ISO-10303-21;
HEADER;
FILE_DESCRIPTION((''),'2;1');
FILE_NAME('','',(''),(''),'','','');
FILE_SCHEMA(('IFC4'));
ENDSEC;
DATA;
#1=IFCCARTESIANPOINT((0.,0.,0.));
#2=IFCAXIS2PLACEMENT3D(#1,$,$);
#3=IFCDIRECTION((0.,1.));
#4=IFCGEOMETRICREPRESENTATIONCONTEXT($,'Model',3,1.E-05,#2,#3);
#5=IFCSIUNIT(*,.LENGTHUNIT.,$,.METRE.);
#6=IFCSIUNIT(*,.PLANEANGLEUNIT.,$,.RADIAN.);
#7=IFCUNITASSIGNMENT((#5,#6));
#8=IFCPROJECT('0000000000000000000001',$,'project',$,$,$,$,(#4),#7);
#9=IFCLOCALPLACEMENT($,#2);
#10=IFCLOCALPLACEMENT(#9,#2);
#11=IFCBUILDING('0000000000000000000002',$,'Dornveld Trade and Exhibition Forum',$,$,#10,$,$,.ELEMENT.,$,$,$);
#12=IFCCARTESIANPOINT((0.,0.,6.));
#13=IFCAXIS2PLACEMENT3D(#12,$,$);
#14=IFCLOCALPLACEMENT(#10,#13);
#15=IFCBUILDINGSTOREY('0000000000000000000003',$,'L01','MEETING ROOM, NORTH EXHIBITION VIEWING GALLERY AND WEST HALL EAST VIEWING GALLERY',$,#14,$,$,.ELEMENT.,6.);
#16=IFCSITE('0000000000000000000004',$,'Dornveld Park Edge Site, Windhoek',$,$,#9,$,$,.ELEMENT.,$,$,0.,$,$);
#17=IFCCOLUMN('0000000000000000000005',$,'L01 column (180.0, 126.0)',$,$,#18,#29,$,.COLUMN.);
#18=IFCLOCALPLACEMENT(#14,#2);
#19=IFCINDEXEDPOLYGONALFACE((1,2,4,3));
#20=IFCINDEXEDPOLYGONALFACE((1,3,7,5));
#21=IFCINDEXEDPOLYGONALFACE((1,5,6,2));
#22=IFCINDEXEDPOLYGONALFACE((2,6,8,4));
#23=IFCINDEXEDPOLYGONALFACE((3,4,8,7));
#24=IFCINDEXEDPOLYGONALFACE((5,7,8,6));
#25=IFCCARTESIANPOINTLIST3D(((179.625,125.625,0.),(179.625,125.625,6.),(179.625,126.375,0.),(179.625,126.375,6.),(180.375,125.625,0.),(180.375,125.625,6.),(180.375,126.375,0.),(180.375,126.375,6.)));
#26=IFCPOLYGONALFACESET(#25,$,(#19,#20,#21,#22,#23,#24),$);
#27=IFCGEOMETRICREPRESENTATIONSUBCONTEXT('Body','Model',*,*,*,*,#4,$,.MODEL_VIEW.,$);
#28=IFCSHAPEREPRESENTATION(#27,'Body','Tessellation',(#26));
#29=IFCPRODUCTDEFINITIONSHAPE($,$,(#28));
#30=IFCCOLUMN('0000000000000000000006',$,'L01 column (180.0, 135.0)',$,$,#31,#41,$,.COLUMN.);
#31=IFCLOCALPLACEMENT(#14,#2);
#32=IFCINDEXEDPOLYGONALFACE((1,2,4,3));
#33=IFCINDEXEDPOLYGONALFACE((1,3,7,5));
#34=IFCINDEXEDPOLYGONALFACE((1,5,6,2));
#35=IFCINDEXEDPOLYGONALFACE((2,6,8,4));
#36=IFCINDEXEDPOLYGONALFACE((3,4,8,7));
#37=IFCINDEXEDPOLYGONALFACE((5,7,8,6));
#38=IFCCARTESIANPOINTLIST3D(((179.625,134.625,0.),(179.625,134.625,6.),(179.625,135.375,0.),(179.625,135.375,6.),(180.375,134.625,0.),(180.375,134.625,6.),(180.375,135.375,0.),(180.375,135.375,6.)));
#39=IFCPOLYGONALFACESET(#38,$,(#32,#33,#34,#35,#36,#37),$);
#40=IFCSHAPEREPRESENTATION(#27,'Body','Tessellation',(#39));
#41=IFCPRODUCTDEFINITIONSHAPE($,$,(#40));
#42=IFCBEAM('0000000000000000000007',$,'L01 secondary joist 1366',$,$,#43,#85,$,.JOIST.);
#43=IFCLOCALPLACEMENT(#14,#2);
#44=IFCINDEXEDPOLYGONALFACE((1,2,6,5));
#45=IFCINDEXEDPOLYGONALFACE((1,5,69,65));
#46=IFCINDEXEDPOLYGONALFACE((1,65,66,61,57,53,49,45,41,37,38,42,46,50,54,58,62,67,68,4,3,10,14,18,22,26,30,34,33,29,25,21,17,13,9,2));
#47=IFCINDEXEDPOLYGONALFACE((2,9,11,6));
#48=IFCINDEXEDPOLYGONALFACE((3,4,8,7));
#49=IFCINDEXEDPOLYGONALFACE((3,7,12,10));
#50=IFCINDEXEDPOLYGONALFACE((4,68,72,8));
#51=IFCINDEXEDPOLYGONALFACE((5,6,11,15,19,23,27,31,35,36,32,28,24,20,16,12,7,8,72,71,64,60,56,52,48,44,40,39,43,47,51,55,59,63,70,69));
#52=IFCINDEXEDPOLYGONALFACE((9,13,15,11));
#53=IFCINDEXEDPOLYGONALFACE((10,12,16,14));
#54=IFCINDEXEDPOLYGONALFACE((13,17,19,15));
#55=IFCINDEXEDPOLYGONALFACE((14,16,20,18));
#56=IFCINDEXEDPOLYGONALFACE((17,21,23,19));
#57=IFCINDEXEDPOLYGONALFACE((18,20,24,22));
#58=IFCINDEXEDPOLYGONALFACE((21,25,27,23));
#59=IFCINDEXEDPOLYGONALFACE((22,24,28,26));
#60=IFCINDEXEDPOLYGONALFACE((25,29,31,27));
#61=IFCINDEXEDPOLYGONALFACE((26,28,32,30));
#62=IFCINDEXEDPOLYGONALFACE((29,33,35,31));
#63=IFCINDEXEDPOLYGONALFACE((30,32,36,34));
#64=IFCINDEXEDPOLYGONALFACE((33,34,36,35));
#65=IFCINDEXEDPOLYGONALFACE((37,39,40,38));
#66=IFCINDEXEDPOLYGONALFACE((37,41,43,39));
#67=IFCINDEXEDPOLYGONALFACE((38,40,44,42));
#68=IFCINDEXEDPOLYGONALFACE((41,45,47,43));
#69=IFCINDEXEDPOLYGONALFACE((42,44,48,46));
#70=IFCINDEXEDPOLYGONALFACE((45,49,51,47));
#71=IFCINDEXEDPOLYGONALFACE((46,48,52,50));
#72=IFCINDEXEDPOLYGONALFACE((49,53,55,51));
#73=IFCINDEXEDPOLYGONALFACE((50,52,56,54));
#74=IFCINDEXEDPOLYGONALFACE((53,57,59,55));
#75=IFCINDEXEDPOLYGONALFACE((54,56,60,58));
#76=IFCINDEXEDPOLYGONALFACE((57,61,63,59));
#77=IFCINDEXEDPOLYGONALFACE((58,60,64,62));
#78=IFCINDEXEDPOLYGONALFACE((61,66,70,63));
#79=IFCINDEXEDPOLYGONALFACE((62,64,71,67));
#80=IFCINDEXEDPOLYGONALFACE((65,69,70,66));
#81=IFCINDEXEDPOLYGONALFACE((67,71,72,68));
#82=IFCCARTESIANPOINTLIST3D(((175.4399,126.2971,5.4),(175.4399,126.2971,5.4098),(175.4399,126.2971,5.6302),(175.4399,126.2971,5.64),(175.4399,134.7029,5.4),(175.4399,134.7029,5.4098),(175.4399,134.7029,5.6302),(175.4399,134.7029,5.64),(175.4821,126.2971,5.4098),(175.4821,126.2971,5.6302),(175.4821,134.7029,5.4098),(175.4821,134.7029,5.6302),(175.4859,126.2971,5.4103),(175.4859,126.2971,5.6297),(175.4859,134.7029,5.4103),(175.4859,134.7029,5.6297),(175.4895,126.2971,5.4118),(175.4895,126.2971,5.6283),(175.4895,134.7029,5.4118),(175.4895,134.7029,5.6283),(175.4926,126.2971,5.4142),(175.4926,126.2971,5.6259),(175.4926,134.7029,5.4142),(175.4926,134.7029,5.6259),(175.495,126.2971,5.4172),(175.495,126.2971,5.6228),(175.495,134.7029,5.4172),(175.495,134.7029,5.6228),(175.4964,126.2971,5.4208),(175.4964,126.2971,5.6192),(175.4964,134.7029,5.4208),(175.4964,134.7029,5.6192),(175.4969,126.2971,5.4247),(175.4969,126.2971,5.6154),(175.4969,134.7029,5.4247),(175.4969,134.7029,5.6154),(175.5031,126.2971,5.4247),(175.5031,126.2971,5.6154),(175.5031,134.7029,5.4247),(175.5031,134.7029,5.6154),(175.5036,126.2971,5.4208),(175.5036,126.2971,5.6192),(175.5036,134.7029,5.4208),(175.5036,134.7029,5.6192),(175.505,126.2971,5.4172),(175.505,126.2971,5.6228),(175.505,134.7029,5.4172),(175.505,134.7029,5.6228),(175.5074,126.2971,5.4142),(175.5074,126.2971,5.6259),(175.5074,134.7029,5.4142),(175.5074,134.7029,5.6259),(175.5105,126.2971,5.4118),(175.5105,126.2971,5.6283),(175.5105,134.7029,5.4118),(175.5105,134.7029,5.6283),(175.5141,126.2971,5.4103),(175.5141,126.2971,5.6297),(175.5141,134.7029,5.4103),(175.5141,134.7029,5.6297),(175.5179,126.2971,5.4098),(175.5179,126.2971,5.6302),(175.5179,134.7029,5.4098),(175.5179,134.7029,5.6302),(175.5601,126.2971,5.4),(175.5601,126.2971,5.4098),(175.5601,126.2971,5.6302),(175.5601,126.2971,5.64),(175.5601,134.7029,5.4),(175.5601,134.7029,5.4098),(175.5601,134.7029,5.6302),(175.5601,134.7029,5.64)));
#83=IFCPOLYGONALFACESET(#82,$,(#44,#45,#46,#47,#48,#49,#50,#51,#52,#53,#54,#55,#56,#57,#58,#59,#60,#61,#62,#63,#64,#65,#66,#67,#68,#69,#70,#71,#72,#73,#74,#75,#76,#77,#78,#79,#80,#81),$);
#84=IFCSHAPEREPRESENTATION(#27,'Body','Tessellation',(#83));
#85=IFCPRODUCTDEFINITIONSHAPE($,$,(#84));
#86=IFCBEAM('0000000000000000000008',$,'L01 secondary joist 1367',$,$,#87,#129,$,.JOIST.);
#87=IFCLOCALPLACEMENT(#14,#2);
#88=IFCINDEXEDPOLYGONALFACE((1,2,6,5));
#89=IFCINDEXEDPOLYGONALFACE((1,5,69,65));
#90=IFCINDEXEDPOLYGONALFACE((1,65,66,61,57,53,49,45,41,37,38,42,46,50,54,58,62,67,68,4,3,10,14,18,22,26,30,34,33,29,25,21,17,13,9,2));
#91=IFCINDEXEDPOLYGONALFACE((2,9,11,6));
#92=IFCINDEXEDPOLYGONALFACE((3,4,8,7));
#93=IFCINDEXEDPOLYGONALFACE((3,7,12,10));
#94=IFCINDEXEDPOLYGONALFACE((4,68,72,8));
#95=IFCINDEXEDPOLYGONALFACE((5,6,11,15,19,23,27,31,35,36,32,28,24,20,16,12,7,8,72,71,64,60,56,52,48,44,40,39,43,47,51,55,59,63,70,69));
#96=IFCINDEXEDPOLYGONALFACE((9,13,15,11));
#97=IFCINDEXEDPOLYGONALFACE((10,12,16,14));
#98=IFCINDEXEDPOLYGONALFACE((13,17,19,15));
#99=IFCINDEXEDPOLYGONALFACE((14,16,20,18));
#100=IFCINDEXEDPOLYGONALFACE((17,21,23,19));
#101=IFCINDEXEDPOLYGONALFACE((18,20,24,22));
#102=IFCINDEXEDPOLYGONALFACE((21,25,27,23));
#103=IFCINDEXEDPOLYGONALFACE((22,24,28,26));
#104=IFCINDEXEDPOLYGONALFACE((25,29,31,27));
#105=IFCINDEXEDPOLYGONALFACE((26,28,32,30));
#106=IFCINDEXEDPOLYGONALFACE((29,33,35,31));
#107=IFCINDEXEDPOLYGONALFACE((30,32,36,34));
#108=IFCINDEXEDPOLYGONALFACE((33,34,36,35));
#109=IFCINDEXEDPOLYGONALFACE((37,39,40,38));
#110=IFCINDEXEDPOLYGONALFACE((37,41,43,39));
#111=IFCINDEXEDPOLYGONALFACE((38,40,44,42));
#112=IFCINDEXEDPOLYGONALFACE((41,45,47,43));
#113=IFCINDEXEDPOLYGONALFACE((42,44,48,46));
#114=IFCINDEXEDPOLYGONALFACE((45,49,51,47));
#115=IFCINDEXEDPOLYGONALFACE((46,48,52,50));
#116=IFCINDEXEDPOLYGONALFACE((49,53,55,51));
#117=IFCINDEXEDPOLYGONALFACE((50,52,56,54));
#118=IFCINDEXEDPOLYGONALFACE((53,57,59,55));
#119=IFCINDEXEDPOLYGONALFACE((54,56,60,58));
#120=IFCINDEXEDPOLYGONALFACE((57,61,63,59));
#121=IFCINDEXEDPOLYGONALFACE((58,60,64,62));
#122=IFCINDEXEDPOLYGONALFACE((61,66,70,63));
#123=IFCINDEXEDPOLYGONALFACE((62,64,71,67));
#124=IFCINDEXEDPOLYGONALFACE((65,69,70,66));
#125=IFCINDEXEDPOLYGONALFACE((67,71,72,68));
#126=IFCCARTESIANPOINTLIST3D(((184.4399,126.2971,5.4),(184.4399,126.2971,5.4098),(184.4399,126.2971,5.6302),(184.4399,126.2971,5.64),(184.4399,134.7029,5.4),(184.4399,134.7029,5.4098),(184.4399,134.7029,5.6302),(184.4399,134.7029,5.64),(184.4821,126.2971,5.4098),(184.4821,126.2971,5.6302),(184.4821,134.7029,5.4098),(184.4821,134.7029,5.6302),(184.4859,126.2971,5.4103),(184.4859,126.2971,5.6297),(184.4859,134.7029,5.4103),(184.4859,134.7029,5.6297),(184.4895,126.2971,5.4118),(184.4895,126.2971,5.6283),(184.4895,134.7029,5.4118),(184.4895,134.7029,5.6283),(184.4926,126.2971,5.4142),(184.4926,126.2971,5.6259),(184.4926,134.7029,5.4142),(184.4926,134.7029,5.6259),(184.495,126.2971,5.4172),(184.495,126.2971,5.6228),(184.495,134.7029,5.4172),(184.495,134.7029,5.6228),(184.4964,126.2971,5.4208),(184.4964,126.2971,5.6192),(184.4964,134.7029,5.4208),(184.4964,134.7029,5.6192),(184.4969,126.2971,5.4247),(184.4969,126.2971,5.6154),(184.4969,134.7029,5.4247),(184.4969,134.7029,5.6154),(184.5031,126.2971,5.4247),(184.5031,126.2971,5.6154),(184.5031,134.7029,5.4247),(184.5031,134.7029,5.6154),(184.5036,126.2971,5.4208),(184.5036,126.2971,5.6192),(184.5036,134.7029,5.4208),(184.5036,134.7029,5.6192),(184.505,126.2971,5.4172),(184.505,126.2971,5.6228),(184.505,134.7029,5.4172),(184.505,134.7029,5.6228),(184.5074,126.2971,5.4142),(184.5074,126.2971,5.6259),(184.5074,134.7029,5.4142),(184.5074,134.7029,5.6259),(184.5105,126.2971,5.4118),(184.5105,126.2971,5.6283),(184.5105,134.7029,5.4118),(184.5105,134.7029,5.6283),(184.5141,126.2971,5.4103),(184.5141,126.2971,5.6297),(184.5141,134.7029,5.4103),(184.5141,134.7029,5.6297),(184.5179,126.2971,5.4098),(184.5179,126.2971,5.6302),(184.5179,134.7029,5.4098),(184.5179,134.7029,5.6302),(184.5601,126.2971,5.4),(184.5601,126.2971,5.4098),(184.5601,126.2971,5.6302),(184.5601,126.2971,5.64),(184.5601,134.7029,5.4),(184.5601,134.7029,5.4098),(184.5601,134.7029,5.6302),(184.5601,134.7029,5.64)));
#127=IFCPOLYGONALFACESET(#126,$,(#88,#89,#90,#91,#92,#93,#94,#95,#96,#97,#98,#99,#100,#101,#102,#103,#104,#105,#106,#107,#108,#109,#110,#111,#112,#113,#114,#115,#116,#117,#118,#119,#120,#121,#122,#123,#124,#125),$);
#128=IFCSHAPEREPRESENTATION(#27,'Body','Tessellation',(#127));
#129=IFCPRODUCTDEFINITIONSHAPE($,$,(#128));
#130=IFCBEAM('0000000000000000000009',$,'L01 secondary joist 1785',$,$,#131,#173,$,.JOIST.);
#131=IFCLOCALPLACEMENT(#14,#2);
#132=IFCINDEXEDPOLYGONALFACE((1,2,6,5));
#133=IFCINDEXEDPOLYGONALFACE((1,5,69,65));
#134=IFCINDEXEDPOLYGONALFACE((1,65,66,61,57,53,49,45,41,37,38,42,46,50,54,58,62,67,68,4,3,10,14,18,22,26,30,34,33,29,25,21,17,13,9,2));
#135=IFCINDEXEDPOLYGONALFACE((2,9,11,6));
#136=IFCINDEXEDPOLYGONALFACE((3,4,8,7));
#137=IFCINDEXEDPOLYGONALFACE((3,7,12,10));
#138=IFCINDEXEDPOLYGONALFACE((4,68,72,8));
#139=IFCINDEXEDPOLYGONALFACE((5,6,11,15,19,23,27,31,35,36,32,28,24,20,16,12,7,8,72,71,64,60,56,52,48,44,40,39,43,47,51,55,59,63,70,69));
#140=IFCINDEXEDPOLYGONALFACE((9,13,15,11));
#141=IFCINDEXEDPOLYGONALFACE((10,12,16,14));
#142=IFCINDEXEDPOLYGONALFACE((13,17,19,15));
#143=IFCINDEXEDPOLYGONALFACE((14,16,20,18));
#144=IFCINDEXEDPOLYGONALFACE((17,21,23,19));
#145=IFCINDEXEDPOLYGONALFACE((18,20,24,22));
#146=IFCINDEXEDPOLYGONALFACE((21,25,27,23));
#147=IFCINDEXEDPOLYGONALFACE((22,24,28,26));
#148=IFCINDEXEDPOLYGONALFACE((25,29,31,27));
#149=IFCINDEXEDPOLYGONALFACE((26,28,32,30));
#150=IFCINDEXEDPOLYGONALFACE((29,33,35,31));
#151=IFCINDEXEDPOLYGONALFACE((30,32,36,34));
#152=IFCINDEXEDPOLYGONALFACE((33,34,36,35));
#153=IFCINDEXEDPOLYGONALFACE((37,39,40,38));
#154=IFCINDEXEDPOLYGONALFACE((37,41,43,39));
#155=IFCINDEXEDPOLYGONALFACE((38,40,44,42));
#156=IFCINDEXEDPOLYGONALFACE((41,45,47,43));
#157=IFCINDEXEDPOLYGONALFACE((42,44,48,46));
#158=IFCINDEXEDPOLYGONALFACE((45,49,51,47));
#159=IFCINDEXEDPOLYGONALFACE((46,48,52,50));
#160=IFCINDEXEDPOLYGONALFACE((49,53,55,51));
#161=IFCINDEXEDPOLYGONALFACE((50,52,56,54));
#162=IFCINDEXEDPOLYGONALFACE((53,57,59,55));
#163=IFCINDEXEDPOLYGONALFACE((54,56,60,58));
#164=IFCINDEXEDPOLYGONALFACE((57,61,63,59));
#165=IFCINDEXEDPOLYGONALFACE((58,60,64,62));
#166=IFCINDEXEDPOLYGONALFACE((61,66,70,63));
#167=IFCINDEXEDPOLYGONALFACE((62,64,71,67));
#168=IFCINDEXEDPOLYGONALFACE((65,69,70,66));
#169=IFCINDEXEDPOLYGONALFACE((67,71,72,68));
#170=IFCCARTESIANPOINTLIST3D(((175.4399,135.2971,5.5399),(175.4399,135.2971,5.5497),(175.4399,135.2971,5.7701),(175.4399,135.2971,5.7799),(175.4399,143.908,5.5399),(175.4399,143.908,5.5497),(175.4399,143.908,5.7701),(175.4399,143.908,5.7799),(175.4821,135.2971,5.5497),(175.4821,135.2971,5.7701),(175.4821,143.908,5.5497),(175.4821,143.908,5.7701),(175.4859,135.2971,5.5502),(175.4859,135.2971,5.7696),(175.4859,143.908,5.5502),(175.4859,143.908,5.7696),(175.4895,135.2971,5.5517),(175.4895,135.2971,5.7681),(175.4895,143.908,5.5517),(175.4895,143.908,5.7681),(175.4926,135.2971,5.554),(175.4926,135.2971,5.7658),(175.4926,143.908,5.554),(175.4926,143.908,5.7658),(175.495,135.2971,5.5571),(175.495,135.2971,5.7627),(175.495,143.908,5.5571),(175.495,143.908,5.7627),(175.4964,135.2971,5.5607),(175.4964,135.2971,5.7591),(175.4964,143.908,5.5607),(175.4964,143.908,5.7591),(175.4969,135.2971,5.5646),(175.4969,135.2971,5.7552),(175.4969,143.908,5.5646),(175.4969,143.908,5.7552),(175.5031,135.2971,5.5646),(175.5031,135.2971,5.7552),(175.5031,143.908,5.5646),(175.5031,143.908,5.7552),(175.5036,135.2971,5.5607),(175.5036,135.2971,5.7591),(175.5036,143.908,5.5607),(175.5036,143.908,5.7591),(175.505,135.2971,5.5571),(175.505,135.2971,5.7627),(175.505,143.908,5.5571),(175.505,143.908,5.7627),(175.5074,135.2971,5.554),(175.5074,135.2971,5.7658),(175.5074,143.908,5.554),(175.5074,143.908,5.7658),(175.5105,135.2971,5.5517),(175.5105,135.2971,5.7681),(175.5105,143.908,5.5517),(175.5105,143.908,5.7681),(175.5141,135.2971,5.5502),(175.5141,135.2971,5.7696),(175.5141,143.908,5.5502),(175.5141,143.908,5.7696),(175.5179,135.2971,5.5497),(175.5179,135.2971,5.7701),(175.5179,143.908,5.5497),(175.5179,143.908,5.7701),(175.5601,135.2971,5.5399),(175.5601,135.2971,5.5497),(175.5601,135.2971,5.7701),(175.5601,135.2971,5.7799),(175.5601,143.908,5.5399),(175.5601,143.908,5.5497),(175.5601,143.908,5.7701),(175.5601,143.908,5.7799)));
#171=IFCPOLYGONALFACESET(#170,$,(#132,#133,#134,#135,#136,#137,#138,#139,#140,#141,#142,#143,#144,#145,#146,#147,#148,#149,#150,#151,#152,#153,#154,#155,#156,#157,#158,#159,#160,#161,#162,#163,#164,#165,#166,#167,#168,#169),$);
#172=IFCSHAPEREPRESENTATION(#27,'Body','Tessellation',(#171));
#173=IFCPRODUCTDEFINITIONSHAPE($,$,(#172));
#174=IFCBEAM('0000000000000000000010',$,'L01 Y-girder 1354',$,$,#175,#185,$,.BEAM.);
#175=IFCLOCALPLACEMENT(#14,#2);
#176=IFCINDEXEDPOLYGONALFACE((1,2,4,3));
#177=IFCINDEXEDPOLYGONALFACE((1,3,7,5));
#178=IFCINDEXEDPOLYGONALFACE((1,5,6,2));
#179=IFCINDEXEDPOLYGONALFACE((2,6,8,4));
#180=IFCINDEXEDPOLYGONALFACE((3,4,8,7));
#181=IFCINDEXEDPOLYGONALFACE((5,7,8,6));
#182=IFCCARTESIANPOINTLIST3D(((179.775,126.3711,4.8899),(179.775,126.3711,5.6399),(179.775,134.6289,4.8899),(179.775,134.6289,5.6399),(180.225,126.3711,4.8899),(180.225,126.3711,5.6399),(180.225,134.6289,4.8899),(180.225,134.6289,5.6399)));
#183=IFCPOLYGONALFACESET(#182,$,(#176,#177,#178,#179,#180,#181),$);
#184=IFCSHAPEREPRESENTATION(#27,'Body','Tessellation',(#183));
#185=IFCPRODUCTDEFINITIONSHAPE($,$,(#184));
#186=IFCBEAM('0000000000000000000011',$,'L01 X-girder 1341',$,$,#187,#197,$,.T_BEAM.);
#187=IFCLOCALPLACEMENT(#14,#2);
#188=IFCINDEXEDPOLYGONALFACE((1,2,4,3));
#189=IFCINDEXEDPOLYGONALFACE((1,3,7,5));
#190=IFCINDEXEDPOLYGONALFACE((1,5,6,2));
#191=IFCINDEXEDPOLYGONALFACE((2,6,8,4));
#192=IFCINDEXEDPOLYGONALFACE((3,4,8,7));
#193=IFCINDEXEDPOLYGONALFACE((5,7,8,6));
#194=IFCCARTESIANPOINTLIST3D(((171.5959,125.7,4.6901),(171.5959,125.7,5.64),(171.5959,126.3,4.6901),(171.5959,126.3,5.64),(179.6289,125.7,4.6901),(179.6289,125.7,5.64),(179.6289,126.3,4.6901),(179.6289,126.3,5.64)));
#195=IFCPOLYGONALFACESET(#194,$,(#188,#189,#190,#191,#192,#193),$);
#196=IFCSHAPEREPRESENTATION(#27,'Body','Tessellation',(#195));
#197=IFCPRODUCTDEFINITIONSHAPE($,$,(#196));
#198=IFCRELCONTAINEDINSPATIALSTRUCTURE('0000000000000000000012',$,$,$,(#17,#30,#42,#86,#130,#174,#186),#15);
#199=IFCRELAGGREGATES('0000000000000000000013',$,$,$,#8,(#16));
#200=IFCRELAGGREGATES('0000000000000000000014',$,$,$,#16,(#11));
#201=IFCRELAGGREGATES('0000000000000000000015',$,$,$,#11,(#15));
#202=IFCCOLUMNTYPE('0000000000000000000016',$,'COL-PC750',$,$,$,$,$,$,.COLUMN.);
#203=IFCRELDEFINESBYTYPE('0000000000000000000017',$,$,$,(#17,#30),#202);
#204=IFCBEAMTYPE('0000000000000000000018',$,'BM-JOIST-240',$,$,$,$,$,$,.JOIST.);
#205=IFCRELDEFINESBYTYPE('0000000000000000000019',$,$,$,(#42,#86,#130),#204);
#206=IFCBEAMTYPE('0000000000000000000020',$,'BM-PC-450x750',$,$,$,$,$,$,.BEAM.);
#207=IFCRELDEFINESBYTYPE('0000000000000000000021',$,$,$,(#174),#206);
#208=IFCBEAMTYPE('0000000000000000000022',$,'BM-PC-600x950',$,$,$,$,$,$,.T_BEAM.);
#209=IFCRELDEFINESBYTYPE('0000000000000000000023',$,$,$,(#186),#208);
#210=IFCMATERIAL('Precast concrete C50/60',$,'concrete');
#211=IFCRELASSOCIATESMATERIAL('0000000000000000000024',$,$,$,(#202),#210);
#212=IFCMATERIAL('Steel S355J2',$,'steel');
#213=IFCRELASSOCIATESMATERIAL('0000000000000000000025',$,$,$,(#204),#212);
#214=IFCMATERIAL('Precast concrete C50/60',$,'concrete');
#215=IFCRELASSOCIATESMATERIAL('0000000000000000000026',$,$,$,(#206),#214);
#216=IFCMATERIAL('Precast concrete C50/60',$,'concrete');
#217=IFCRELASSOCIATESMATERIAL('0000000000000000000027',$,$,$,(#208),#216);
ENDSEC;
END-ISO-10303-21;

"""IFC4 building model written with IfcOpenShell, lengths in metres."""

from ifc_helpers import new_model, si_unit, direction, frame, origin, origin_2d, place, context, subcontext, project, spatial, rectangle, i_section, extrude, material, material_profile, profile_set, type_object, element, save


model = new_model("IFC4")

# Units and contexts
model_context = context("Model", 3, precision=1e-05, world=origin(), true_north=direction((0.0, 1.0)))
body_context = subcontext(model_context, "Body", "Model", "MODEL_VIEW")
ifc_project = project(units=[si_unit("LENGTHUNIT", "METRE"), si_unit("PLANEANGLEUNIT", "RADIAN")], contexts=[model_context])

# Site, building, storey
site_placement = place(None, origin())
site = spatial("IfcSite", under=ifc_project, at=site_placement, Name="Dornveld Park Edge Site, Windhoek", CompositionType="ELEMENT", RefElevation=0.0)
building_placement = place(site_placement, origin())
building = spatial("IfcBuilding", under=site, at=building_placement, Name="Dornveld Trade and Exhibition Forum", CompositionType="ELEMENT")
storey_placement = place(building_placement, frame((0.0, 0.0, 6.0)))
storey = spatial("IfcBuildingStorey", under=building, at=storey_placement, Name="L01", Description="MEETING ROOM, NORTH EXHIBITION VIEWING GALLERY AND WEST HALL EAST VIEWING GALLERY", CompositionType="ELEMENT", Elevation=6.0)

# Columns
ifc_material_1 = material(Name="Precast concrete C50/60", Category="concrete")
ifc_material_profile_1 = material_profile(ifc_material_1, rectangle(XDim=0.75, YDim=0.75, at=origin_2d()), Name="PC-COL 750x750")
ifc_profile_set_1 = profile_set([ifc_material_profile_1], Name="Precast concrete C50/60")
column_type = type_object("IfcColumnType", Name="COL-PC750", PredefinedType="COLUMN", material=ifc_profile_set_1)
for number, where, z_axis, x_axis, name in (
    (1, (180.0, 126.0, 0.0), (0.0, 0.0, 1.0), (1.0, 0.0, 0.0), "L01 column (180.0, 126.0)"),
    (2, (180.0, 135.0, 0.0), (0.0, 0.0, 1.0), (1.0, 0.0, 0.0), "L01 column (180.0, 135.0)"),
):
    element("IfcColumn", number, at=place(storey_placement, frame(where, z_axis=z_axis, x_axis=x_axis)), inside=storey, type_object=column_type, Name=name, PredefinedType="COLUMN", context=body_context, shape_type="SweptSolid", body=[
        extrude(rectangle(XDim=0.75, YDim=0.75, at=origin_2d()), origin(), (0.0, 0.0, 1.0), 6.0),
    ])

# Beams
ifc_material_2 = material(Name="Steel S355J2", Category="steel")
ifc_material_profile_2 = material_profile(ifc_material_2, i_section(OverallWidth=0.1201, OverallDepth=0.24, WebThickness=0.0061, FlangeThickness=0.0098, FilletRadius=0.0149, at=origin_2d()), Name="IPE 240")
ifc_profile_set_2 = profile_set([ifc_material_profile_2], Name="Steel S355J2")
beam_type_1 = type_object("IfcBeamType", Name="BM-JOIST-240", PredefinedType="JOIST", material=ifc_profile_set_2)
for number, where, z_axis, x_axis, name in (
    (3, (175.5, 126.2971, 5.52), (0.0, 1.0, 0.0), (-1.0, 0.0, 0.0), "L01 secondary joist 1366"),
    (4, (184.5, 126.2971, 5.52), (0.0, 1.0, 0.0), (-1.0, 0.0, 0.0), "L01 secondary joist 1367"),
):
    element("IfcBeam", number, at=place(storey_placement, frame(where, z_axis=z_axis, x_axis=x_axis)), inside=storey, type_object=beam_type_1, Name=name, PredefinedType="JOIST", context=body_context, shape_type="SweptSolid", body=[
        extrude(i_section(OverallWidth=0.1201, OverallDepth=0.24, WebThickness=0.0061, FlangeThickness=0.0098, FilletRadius=0.0149, at=origin_2d()), origin(), (0.0, 0.0, 1.0), 8.4058),
    ])
beam_1_placement = place(storey_placement, frame((175.5, 135.2971, 5.6599), z_axis=(0.0, 1.0, 0.0), x_axis=(-1.0, 0.0, 0.0)))
element("IfcBeam", 5, at=beam_1_placement, inside=storey, type_object=beam_type_1, Name="L01 secondary joist 1785", PredefinedType="JOIST", context=body_context, shape_type="SweptSolid", body=[
    extrude(i_section(OverallWidth=0.1201, OverallDepth=0.24, WebThickness=0.0061, FlangeThickness=0.0098, FilletRadius=0.0149, at=origin_2d()), origin(), (0.0, 0.0, 1.0), 8.6108),
])
ifc_material_3 = material(Name="Precast concrete C50/60", Category="concrete")
ifc_material_profile_3 = material_profile(ifc_material_3, rectangle(XDim=0.45, YDim=0.75, at=origin_2d()), Name="PC-BM 450x750")
ifc_profile_set_3 = profile_set([ifc_material_profile_3], Name="Precast concrete C50/60")
beam_type_2 = type_object("IfcBeamType", Name="BM-PC-450x750", PredefinedType="BEAM", material=ifc_profile_set_3)
beam_2_placement = place(storey_placement, frame((180.0, 126.3711, 5.2649), z_axis=(0.0, 1.0, 0.0), x_axis=(-1.0, 0.0, 0.0)))
element("IfcBeam", 6, at=beam_2_placement, inside=storey, type_object=beam_type_2, Name="L01 Y-girder 1354", PredefinedType="BEAM", context=body_context, shape_type="SweptSolid", body=[
    extrude(rectangle(XDim=0.45, YDim=0.75, at=origin_2d()), origin(), (0.0, 0.0, 1.0), 8.2578),
])
ifc_material_4 = material(Name="Precast concrete C50/60", Category="concrete")
ifc_material_profile_4 = material_profile(ifc_material_4, rectangle(XDim=0.6001, YDim=0.95, at=origin_2d()), Name="PC-GIR 600x950")
ifc_profile_set_4 = profile_set([ifc_material_profile_4], Name="Precast concrete C50/60")
beam_type_3 = type_object("IfcBeamType", Name="BM-PC-600x950", PredefinedType="T_BEAM", material=ifc_profile_set_4)
beam_3_placement = place(storey_placement, frame((171.5959, 126.0, 5.165), z_axis=(1.0, 0.0, 0.0), x_axis=(0.0, 1.0, 0.0)))
element("IfcBeam", 7, at=beam_3_placement, inside=storey, type_object=beam_type_3, Name="L01 X-girder 1341", PredefinedType="T_BEAM", context=body_context, shape_type="SweptSolid", body=[
    extrude(rectangle(XDim=0.6001, YDim=0.95, at=origin_2d()), origin(), (0.0, 0.0, 1.0), 8.033),
])

save(model, "model.ifc")
